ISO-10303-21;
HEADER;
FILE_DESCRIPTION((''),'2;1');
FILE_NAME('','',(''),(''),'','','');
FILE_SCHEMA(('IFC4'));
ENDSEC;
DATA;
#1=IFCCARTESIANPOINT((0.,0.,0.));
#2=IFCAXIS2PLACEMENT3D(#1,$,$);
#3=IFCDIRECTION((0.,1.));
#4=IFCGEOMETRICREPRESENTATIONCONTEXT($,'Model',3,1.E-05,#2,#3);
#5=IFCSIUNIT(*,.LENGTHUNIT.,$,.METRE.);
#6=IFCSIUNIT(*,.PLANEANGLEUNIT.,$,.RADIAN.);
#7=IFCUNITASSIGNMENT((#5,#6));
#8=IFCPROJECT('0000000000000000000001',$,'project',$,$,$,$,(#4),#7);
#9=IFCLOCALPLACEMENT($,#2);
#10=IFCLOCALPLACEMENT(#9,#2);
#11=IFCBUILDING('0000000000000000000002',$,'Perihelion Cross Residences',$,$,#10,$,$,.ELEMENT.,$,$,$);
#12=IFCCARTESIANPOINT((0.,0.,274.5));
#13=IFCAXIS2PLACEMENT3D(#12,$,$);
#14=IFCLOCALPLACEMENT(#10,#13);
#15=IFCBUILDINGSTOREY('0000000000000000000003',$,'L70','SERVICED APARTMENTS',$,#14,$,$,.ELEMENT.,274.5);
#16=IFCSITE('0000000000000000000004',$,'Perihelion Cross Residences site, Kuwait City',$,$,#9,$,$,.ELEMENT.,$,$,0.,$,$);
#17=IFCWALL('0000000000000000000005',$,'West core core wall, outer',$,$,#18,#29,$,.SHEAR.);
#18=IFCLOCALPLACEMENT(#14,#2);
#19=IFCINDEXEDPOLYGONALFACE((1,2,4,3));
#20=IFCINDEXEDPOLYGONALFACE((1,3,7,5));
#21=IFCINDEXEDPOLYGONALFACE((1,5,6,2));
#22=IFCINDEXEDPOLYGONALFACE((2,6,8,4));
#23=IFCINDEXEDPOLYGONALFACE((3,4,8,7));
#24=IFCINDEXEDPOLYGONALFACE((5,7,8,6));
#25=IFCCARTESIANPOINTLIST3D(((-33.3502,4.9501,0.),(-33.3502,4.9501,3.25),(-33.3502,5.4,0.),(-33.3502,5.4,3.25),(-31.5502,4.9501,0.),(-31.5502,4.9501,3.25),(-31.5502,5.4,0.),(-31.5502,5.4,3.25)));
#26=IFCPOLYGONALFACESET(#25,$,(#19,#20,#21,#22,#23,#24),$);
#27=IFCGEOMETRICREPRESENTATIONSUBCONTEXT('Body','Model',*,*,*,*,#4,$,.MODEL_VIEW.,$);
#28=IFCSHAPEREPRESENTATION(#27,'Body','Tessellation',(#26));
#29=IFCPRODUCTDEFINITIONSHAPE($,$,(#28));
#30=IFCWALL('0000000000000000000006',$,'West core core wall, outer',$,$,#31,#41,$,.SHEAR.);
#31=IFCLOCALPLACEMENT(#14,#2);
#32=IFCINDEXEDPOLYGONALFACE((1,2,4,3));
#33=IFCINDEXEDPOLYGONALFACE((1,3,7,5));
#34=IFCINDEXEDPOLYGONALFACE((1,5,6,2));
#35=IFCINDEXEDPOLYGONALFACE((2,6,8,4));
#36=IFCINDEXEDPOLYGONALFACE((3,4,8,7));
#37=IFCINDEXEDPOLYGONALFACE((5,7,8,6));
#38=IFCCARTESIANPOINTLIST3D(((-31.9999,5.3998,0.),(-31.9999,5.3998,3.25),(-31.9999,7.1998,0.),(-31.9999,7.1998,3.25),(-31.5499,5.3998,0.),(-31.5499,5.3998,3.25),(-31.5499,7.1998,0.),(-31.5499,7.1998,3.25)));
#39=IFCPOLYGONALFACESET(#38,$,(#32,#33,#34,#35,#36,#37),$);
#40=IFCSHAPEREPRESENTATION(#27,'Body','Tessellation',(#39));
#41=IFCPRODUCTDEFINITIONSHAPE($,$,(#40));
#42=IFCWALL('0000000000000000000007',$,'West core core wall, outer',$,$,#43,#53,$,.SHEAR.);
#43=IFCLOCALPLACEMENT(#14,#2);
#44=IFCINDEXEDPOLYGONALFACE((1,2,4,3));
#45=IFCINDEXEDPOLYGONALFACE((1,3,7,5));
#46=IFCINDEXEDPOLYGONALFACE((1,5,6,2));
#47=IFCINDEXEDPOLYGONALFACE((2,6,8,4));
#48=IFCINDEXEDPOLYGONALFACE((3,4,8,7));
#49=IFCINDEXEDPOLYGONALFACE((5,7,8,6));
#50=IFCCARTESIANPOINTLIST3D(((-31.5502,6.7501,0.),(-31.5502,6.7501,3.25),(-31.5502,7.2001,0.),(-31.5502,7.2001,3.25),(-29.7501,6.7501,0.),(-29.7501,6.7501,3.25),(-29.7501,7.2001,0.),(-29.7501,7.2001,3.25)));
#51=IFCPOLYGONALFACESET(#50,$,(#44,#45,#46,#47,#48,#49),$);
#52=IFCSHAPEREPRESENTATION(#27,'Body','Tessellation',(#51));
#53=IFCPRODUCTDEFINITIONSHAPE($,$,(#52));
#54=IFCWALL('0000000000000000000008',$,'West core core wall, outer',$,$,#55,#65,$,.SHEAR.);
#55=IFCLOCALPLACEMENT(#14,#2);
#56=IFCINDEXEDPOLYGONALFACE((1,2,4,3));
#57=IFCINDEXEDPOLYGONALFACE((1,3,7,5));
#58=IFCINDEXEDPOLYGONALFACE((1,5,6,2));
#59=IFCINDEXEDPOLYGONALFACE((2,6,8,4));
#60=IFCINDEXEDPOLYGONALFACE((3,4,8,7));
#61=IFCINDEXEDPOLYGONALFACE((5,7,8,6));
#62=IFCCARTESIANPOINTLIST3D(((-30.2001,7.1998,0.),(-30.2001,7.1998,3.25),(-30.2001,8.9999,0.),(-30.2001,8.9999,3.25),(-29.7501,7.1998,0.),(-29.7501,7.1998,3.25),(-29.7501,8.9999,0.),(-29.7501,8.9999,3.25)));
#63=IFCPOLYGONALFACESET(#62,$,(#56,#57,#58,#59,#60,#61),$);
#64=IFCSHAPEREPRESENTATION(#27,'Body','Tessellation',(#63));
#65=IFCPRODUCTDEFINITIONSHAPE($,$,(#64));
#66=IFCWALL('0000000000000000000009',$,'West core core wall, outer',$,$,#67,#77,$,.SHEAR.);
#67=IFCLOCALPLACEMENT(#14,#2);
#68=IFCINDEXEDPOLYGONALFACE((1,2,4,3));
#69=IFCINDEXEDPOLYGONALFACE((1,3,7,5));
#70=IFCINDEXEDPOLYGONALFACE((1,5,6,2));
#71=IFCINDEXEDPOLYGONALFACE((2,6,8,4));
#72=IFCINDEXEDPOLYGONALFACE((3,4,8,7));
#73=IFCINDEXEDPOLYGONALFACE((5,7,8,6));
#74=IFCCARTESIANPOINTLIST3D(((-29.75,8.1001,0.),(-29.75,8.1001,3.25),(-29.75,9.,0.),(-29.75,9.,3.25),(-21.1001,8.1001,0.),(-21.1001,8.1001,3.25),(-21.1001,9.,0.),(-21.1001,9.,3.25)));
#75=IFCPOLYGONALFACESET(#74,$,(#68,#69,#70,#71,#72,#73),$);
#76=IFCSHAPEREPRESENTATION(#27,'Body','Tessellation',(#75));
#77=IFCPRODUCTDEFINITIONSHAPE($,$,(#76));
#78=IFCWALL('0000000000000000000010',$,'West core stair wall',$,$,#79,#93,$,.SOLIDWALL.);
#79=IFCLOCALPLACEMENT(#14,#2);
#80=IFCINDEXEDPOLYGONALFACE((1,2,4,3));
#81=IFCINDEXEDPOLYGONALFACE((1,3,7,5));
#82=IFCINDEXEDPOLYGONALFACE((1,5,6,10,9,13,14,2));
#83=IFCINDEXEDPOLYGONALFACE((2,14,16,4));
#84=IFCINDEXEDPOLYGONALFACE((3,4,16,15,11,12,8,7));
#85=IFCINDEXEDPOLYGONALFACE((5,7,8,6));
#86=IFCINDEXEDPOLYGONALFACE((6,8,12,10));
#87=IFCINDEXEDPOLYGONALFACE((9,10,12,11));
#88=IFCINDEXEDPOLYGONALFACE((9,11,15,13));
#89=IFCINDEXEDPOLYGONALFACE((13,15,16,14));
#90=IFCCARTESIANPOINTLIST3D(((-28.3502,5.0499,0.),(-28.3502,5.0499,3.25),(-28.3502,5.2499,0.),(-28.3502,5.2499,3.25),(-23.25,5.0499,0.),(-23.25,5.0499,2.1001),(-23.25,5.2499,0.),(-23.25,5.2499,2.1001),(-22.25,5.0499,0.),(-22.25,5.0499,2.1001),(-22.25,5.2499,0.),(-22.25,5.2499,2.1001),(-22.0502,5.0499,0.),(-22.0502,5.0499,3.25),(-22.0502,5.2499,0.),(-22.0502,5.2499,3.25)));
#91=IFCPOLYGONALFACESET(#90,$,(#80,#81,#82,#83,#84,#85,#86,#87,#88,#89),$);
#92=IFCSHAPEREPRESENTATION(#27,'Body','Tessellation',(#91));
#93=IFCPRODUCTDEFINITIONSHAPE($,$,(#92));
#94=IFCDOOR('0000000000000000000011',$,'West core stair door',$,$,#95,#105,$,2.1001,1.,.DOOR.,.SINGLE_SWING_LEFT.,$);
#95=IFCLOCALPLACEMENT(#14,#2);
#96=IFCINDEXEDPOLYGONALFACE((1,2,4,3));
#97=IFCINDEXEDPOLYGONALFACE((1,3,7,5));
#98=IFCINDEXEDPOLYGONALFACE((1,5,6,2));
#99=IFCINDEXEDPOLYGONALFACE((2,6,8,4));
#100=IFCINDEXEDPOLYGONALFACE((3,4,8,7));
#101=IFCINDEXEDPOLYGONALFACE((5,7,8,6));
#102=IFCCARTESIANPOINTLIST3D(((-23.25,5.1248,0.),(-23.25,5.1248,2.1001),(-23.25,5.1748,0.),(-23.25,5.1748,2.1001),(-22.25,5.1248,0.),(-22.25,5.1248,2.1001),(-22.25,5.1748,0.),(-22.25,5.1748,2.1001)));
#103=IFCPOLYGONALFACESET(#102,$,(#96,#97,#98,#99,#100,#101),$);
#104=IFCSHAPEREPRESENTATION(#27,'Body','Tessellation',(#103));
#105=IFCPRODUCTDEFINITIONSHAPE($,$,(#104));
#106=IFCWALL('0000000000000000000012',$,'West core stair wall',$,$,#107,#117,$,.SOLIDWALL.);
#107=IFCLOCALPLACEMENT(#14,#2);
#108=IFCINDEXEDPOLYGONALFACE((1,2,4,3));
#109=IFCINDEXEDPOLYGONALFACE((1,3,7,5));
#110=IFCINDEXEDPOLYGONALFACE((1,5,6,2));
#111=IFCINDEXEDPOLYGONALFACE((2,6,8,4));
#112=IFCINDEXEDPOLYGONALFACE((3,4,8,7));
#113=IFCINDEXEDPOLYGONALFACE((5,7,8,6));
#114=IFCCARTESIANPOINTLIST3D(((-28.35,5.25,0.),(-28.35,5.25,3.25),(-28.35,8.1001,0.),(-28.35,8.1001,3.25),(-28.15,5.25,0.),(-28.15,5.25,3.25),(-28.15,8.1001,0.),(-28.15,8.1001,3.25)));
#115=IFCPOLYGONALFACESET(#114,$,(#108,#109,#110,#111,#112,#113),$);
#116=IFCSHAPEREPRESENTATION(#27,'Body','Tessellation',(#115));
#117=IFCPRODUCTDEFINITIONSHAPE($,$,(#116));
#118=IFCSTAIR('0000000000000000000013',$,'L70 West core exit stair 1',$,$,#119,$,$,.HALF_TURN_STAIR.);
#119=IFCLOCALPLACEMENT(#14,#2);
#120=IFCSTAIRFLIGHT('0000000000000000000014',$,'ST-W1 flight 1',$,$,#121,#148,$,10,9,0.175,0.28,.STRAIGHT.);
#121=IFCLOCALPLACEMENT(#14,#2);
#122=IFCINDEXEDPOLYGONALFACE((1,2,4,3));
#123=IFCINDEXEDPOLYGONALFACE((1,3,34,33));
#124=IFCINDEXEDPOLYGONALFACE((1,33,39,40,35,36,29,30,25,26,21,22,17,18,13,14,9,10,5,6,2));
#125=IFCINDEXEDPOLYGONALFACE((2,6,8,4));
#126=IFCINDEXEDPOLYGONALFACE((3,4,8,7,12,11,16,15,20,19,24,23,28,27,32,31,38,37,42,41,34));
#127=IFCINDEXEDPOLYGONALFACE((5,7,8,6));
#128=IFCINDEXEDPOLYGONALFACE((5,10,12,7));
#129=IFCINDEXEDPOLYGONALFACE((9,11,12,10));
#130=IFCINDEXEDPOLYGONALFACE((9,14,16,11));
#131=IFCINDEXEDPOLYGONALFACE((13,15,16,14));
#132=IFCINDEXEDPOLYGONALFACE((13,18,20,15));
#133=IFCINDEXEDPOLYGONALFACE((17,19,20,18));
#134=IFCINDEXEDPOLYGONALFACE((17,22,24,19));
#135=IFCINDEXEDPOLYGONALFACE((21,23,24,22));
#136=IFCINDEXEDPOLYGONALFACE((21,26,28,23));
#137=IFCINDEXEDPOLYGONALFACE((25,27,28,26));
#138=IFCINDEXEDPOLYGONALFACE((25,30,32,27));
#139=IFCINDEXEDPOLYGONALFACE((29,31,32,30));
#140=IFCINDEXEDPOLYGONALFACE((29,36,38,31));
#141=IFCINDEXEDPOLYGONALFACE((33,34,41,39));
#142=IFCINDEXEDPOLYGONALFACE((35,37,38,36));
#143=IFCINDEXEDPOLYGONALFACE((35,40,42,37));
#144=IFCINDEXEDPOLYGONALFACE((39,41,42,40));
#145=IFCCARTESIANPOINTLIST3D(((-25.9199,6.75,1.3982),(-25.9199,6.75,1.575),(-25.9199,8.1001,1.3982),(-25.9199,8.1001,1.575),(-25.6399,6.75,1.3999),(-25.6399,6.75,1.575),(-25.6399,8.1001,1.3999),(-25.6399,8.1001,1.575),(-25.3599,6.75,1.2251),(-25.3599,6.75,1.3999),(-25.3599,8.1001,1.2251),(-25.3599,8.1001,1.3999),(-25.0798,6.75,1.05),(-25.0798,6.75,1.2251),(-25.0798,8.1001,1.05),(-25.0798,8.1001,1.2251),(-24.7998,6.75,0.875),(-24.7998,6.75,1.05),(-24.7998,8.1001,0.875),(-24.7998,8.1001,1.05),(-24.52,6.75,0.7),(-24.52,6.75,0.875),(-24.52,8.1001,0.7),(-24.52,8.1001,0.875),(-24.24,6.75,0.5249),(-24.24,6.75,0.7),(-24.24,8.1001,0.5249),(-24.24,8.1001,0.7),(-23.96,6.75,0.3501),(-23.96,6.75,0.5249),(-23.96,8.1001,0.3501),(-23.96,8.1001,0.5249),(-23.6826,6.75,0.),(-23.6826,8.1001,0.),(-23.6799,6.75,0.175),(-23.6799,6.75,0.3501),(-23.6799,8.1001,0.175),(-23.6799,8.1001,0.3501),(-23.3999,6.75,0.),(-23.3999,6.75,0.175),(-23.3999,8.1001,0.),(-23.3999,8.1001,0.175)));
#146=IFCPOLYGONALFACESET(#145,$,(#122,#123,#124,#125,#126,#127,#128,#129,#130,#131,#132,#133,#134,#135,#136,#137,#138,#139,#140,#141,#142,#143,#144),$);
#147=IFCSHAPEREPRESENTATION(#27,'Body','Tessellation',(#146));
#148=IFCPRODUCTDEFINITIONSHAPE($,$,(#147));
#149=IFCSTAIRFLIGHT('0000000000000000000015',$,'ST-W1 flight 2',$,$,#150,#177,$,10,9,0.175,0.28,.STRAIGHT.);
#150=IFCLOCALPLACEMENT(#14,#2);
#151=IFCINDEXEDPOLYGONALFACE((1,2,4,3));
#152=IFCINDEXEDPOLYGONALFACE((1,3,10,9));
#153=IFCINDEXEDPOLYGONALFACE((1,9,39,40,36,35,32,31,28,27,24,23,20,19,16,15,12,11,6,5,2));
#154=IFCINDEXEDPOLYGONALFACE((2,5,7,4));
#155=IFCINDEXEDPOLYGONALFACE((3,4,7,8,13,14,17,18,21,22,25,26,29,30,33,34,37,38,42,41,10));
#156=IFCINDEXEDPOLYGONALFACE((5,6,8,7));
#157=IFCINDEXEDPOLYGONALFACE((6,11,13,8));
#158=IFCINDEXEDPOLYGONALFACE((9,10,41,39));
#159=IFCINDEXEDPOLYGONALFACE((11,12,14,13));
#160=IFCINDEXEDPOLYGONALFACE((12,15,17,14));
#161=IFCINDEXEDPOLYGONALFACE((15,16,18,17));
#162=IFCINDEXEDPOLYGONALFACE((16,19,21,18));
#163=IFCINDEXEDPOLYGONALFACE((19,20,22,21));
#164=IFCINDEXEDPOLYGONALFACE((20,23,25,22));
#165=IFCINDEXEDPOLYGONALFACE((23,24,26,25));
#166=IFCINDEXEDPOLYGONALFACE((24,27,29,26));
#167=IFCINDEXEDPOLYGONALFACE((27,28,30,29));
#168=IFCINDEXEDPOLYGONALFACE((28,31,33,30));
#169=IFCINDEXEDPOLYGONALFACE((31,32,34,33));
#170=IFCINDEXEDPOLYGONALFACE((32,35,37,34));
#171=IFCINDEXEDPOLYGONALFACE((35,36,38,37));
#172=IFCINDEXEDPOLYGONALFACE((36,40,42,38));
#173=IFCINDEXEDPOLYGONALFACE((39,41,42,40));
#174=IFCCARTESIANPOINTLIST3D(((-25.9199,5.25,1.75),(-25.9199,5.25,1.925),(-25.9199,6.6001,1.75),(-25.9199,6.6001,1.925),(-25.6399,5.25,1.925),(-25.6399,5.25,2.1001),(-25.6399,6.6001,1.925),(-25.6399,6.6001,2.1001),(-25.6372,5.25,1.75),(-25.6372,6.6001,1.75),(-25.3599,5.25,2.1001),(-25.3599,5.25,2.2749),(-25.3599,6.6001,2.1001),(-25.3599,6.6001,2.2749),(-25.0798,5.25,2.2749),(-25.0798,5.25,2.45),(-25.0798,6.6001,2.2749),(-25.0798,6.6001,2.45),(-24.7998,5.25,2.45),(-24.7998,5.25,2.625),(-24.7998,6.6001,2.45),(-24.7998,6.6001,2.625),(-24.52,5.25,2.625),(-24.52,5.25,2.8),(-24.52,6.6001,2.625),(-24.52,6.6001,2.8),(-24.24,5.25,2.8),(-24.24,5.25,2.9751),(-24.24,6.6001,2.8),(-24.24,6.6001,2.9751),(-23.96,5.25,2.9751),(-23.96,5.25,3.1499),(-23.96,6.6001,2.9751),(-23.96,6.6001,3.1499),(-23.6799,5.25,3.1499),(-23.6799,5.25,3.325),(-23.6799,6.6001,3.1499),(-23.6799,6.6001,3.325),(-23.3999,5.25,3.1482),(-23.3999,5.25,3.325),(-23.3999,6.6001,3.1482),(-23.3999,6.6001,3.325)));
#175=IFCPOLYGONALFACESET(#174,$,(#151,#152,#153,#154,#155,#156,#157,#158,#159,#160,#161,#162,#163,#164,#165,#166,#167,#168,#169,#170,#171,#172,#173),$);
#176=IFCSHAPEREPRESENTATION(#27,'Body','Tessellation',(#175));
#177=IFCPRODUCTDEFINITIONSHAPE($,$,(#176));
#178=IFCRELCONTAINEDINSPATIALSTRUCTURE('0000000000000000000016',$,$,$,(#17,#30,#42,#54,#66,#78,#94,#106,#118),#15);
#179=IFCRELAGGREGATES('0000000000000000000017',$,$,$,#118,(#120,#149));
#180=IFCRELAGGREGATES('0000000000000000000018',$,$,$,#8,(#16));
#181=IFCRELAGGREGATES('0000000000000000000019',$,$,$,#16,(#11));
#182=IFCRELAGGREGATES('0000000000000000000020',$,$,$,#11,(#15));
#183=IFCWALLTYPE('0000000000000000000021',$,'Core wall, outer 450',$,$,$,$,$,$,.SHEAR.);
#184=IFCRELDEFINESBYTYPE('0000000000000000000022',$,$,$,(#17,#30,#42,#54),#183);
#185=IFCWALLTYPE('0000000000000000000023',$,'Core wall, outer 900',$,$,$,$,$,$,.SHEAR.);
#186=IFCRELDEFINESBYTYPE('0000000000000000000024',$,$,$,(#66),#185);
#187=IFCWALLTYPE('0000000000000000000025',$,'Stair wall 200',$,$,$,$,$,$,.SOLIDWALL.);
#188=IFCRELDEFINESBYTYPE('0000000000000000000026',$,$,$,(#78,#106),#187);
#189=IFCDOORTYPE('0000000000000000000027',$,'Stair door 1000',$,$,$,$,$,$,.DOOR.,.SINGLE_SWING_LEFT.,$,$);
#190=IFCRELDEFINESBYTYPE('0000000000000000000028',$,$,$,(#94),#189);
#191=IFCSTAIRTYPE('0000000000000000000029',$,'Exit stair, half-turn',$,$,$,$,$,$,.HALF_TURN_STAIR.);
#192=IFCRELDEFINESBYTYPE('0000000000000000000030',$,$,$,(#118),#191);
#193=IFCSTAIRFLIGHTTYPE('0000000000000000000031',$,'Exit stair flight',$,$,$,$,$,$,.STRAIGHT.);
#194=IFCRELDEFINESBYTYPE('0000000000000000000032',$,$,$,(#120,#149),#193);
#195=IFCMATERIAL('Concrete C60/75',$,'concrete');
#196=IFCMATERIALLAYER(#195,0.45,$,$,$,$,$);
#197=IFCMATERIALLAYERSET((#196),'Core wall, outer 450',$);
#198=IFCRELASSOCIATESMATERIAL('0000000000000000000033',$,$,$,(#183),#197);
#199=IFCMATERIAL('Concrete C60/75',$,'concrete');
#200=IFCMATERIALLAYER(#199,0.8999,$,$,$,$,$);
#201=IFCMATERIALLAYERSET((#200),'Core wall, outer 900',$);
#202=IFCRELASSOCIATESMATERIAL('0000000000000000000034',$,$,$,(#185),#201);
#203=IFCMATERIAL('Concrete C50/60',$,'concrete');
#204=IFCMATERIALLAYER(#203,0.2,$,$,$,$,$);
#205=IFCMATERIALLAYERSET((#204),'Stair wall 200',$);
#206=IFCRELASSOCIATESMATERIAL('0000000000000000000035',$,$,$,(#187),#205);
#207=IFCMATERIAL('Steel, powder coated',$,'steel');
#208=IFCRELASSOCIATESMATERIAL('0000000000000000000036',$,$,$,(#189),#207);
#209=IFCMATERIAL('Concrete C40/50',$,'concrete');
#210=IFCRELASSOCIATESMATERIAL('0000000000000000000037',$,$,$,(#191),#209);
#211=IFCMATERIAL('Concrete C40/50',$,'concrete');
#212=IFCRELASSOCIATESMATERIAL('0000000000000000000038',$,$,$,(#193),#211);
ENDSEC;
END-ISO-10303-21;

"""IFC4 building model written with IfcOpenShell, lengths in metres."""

from ifc_helpers import new_model, si_unit, direction, frame, frame_2d, origin, place, context, subcontext, project, spatial, polyline, rectangle, outline, extrude, material, layer, layer_set, type_object, element, fill, aggregate, save


model = new_model("IFC4")

# Units and contexts
model_context = context("Model", 3, precision=1e-05, world=origin(), true_north=direction((0.0, 1.0)))
body_context = subcontext(model_context, "Body", "Model", "MODEL_VIEW")
ifc_project = project(units=[si_unit("LENGTHUNIT", "METRE"), si_unit("PLANEANGLEUNIT", "RADIAN")], contexts=[model_context])

# Site, building, storey
site_placement = place(None, origin())
site = spatial("IfcSite", under=ifc_project, at=site_placement, Name="Perihelion Cross Residences site, Kuwait City", CompositionType="ELEMENT", RefElevation=0.0)
building_placement = place(site_placement, origin())
building = spatial("IfcBuilding", under=site, at=building_placement, Name="Perihelion Cross Residences", CompositionType="ELEMENT")
storey_placement = place(building_placement, frame((0.0, 0.0, 274.5)))
storey = spatial("IfcBuildingStorey", under=building, at=storey_placement, Name="L70", Description="SERVICED APARTMENTS", CompositionType="ELEMENT", Elevation=274.5)

# Walls
ifc_material_1 = material(Name="Concrete C60/75", Category="concrete")
ifc_layer_1 = layer(ifc_material_1, 0.45)
ifc_layer_set_1 = layer_set([ifc_layer_1], Name="Core wall, outer 450")
wall_type_1 = type_object("IfcWallType", Name="Core wall, outer 450", PredefinedType="SHEAR", material=ifc_layer_set_1)
for number, where, z_axis, x_axis, name in (
    (1, (-33.3501, 5.175, 0.0), (0.0, 0.0, 1.0), (1.0, 0.0, 0.0), "West core core wall, outer"),
    (2, (-31.7749, 5.3999, 0.0), (0.0, 0.0, 1.0), (0.0, 1.0, 0.0), "West core core wall, outer"),
    (3, (-31.55, 6.9751, 0.0), (0.0, 0.0, 1.0), (1.0, 0.0, 0.0), "West core core wall, outer"),
    (4, (-29.9751, 7.2, 0.0), (0.0, 0.0, 1.0), (0.0, 1.0, 0.0), "West core core wall, outer"),
):
    element("IfcWall", number, at=place(storey_placement, frame(where, z_axis=z_axis, x_axis=x_axis)), inside=storey, type_object=wall_type_1, Name=name, PredefinedType="SHEAR", context=body_context, shape_type="SweptSolid", body=[
        extrude(rectangle(XDim=1.8, YDim=0.45, at=frame_2d((0.8999, 0.0))), origin(), (0.0, 0.0, 1.0), 3.25),
    ])
ifc_material_2 = material(Name="Concrete C60/75", Category="concrete")
ifc_layer_2 = layer(ifc_material_2, 0.8999)
ifc_layer_set_2 = layer_set([ifc_layer_2], Name="Core wall, outer 900")
wall_type_2 = type_object("IfcWallType", Name="Core wall, outer 900", PredefinedType="SHEAR", material=ifc_layer_set_2)
wall_1_placement = place(storey_placement, frame((-29.75, 8.55, 0.0), z_axis=(0.0, 0.0, 1.0), x_axis=(1.0, 0.0, 0.0)))
element("IfcWall", 5, at=wall_1_placement, inside=storey, type_object=wall_type_2, Name="West core core wall, outer", PredefinedType="SHEAR", context=body_context, shape_type="SweptSolid", body=[
    extrude(rectangle(XDim=8.6499, YDim=0.8999, at=frame_2d((4.325, 0.0))), origin(), (0.0, 0.0, 1.0), 3.25),
])

# Wall, opening, door
ifc_material_3 = material(Name="Concrete C50/60", Category="concrete")
ifc_layer_3 = layer(ifc_material_3, 0.2)
ifc_layer_set_3 = layer_set([ifc_layer_3], Name="Stair wall 200")
wall_type_3 = type_object("IfcWallType", Name="Stair wall 200", PredefinedType="SOLIDWALL", material=ifc_layer_set_3)
wall_2_placement = place(storey_placement, frame((-28.3501, 5.1499, 0.0), z_axis=(0.0, 0.0, 1.0), x_axis=(1.0, 0.0, 0.0)))
wall_2 = element("IfcWall", 6, at=wall_2_placement, inside=storey, type_object=wall_type_3, Name="West core stair wall", PredefinedType="SOLIDWALL", context=body_context, shape_type="SweptSolid", body=[
    extrude(rectangle(XDim=6.3, YDim=0.2, at=frame_2d((3.1499, 0.0))), origin(), (0.0, 0.0, 1.0), 3.25),
])
opening_placement = place(wall_2_placement, frame((5.1001, 0.0, 0.0)))
opening = element("IfcOpeningElement", 7, at=opening_placement, cuts=wall_2, PredefinedType="OPENING", context=body_context, shape_type="SweptSolid", body=[
    extrude(rectangle(XDim=1.0, YDim=2.1001, at=frame_2d((0.5, 1.05))), frame((0.0, 0.1099, 0.0), z_axis=(0.0, -1.0, 0.0), x_axis=(1.0, 0.0, 0.0)), (0.0, 0.0, 1.0), 0.22),
])
ifc_material_4 = material(Name="Steel, powder coated", Category="steel")
door_type = type_object("IfcDoorType", Name="Stair door 1000", OperationType="SINGLE_SWING_LEFT", PredefinedType="DOOR", material=ifc_material_4)
door_placement = place(opening_placement, origin())
door = element("IfcDoor", 8, at=door_placement, inside=storey, type_object=door_type, Name="West core stair door", OperationType="SINGLE_SWING_LEFT", OverallHeight=2.1001, OverallWidth=1.0, PredefinedType="DOOR", context=body_context, shape_type="SweptSolid", body=[
    extrude(rectangle(XDim=1.0, YDim=2.1001, at=frame_2d((0.5, 1.05))), frame((0.0, 0.0249, 0.0), z_axis=(0.0, -1.0, 0.0), x_axis=(1.0, 0.0, 0.0)), (0.0, 0.0, 1.0), 0.05),
])
fill(opening, door)

# Wall
wall_3_placement = place(storey_placement, frame((-28.25, 5.25, 0.0), z_axis=(0.0, 0.0, 1.0), x_axis=(0.0, 1.0, 0.0)))
element("IfcWall", 9, at=wall_3_placement, inside=storey, type_object=wall_type_3, Name="West core stair wall", PredefinedType="SOLIDWALL", context=body_context, shape_type="SweptSolid", body=[
    extrude(rectangle(XDim=2.8501, YDim=0.2, at=frame_2d((1.425, 0.0))), origin(), (0.0, 0.0, 1.0), 3.25),
])

# Stair, stair flights
ifc_material_5 = material(Name="Concrete C40/50", Category="concrete")
stair_type = type_object("IfcStairType", Name="Exit stair, half-turn", PredefinedType="HALF_TURN_STAIR", material=ifc_material_5)
stair_placement = place(storey_placement, origin())
stair = element("IfcStair", 10, at=stair_placement, inside=storey, type_object=stair_type, Name="L70 West core exit stair 1", PredefinedType="HALF_TURN_STAIR")
ifc_material_6 = material(Name="Concrete C40/50", Category="concrete")
stair_flight_type = type_object("IfcStairFlightType", Name="Exit stair flight", PredefinedType="STRAIGHT", material=ifc_material_6)
stair_flight_1_placement = place(storey_placement, frame((-23.3999, 7.425, 0.0), z_axis=(0.0, 0.0, 1.0), x_axis=(-1.0, 0.0, 0.0)))
stair_flight_1 = element("IfcStairFlight", 11, at=stair_flight_1_placement, type_object=stair_flight_type, Name="ST-W1 flight 1", NumberOfRisers=10, NumberOfTreads=9, PredefinedType="STRAIGHT", RiserHeight=0.175, TreadLength=0.28, context=body_context, shape_type="SweptSolid", body=[
    extrude(outline(polyline([(0.0, 0.0), (0.0, 0.175), (0.28, 0.175), (0.28, 0.3501), (0.5601, 0.3501), (0.5601, 0.5249), (0.8401, 0.5249), (0.8401, 0.7), (1.1201, 0.7), (1.1201, 0.875), (1.3999, 0.875), (1.3999, 1.05), (1.6799, 1.05), (1.6799, 1.2251), (1.96, 1.2251), (1.96, 1.3999), (2.24, 1.3999), (2.24, 1.575), (2.52, 1.575), (2.52, 1.75), (2.52, 1.3982), (0.2827, 0.0), (0.0, 0.0)])), frame((0.0, 0.675, 0.0), z_axis=(0.0, -1.0, 0.0), x_axis=(1.0, 0.0, 0.0)), (0.0, 0.0, 1.0), 1.3501),
])
stair_flight_2_placement = place(storey_placement, frame((-25.9199, 5.925, 1.75), z_axis=(0.0, 0.0, 1.0), x_axis=(1.0, 0.0, 0.0)))
stair_flight_2 = element("IfcStairFlight", 12, at=stair_flight_2_placement, type_object=stair_flight_type, Name="ST-W1 flight 2", NumberOfRisers=10, NumberOfTreads=9, PredefinedType="STRAIGHT", RiserHeight=0.175, TreadLength=0.28, context=body_context, shape_type="SweptSolid", body=[
    extrude(outline(polyline([(0.0, 0.0), (0.0, 0.175), (0.28, 0.175), (0.28, 0.3501), (0.5601, 0.3501), (0.5601, 0.5249), (0.8401, 0.5249), (0.8401, 0.7), (1.1201, 0.7), (1.1201, 0.875), (1.3999, 0.875), (1.3999, 1.05), (1.6799, 1.05), (1.6799, 1.2251), (1.96, 1.2251), (1.96, 1.3999), (2.24, 1.3999), (2.24, 1.575), (2.52, 1.575), (2.52, 1.75), (2.52, 1.3982), (0.2827, 0.0), (0.0, 0.0)])), frame((0.0, 0.675, 0.0), z_axis=(0.0, -1.0, 0.0), x_axis=(1.0, 0.0, 0.0)), (0.0, 0.0, 1.0), 1.3501),
])
aggregate(stair, [stair_flight_1, stair_flight_2])

save(model, "model.ifc")
